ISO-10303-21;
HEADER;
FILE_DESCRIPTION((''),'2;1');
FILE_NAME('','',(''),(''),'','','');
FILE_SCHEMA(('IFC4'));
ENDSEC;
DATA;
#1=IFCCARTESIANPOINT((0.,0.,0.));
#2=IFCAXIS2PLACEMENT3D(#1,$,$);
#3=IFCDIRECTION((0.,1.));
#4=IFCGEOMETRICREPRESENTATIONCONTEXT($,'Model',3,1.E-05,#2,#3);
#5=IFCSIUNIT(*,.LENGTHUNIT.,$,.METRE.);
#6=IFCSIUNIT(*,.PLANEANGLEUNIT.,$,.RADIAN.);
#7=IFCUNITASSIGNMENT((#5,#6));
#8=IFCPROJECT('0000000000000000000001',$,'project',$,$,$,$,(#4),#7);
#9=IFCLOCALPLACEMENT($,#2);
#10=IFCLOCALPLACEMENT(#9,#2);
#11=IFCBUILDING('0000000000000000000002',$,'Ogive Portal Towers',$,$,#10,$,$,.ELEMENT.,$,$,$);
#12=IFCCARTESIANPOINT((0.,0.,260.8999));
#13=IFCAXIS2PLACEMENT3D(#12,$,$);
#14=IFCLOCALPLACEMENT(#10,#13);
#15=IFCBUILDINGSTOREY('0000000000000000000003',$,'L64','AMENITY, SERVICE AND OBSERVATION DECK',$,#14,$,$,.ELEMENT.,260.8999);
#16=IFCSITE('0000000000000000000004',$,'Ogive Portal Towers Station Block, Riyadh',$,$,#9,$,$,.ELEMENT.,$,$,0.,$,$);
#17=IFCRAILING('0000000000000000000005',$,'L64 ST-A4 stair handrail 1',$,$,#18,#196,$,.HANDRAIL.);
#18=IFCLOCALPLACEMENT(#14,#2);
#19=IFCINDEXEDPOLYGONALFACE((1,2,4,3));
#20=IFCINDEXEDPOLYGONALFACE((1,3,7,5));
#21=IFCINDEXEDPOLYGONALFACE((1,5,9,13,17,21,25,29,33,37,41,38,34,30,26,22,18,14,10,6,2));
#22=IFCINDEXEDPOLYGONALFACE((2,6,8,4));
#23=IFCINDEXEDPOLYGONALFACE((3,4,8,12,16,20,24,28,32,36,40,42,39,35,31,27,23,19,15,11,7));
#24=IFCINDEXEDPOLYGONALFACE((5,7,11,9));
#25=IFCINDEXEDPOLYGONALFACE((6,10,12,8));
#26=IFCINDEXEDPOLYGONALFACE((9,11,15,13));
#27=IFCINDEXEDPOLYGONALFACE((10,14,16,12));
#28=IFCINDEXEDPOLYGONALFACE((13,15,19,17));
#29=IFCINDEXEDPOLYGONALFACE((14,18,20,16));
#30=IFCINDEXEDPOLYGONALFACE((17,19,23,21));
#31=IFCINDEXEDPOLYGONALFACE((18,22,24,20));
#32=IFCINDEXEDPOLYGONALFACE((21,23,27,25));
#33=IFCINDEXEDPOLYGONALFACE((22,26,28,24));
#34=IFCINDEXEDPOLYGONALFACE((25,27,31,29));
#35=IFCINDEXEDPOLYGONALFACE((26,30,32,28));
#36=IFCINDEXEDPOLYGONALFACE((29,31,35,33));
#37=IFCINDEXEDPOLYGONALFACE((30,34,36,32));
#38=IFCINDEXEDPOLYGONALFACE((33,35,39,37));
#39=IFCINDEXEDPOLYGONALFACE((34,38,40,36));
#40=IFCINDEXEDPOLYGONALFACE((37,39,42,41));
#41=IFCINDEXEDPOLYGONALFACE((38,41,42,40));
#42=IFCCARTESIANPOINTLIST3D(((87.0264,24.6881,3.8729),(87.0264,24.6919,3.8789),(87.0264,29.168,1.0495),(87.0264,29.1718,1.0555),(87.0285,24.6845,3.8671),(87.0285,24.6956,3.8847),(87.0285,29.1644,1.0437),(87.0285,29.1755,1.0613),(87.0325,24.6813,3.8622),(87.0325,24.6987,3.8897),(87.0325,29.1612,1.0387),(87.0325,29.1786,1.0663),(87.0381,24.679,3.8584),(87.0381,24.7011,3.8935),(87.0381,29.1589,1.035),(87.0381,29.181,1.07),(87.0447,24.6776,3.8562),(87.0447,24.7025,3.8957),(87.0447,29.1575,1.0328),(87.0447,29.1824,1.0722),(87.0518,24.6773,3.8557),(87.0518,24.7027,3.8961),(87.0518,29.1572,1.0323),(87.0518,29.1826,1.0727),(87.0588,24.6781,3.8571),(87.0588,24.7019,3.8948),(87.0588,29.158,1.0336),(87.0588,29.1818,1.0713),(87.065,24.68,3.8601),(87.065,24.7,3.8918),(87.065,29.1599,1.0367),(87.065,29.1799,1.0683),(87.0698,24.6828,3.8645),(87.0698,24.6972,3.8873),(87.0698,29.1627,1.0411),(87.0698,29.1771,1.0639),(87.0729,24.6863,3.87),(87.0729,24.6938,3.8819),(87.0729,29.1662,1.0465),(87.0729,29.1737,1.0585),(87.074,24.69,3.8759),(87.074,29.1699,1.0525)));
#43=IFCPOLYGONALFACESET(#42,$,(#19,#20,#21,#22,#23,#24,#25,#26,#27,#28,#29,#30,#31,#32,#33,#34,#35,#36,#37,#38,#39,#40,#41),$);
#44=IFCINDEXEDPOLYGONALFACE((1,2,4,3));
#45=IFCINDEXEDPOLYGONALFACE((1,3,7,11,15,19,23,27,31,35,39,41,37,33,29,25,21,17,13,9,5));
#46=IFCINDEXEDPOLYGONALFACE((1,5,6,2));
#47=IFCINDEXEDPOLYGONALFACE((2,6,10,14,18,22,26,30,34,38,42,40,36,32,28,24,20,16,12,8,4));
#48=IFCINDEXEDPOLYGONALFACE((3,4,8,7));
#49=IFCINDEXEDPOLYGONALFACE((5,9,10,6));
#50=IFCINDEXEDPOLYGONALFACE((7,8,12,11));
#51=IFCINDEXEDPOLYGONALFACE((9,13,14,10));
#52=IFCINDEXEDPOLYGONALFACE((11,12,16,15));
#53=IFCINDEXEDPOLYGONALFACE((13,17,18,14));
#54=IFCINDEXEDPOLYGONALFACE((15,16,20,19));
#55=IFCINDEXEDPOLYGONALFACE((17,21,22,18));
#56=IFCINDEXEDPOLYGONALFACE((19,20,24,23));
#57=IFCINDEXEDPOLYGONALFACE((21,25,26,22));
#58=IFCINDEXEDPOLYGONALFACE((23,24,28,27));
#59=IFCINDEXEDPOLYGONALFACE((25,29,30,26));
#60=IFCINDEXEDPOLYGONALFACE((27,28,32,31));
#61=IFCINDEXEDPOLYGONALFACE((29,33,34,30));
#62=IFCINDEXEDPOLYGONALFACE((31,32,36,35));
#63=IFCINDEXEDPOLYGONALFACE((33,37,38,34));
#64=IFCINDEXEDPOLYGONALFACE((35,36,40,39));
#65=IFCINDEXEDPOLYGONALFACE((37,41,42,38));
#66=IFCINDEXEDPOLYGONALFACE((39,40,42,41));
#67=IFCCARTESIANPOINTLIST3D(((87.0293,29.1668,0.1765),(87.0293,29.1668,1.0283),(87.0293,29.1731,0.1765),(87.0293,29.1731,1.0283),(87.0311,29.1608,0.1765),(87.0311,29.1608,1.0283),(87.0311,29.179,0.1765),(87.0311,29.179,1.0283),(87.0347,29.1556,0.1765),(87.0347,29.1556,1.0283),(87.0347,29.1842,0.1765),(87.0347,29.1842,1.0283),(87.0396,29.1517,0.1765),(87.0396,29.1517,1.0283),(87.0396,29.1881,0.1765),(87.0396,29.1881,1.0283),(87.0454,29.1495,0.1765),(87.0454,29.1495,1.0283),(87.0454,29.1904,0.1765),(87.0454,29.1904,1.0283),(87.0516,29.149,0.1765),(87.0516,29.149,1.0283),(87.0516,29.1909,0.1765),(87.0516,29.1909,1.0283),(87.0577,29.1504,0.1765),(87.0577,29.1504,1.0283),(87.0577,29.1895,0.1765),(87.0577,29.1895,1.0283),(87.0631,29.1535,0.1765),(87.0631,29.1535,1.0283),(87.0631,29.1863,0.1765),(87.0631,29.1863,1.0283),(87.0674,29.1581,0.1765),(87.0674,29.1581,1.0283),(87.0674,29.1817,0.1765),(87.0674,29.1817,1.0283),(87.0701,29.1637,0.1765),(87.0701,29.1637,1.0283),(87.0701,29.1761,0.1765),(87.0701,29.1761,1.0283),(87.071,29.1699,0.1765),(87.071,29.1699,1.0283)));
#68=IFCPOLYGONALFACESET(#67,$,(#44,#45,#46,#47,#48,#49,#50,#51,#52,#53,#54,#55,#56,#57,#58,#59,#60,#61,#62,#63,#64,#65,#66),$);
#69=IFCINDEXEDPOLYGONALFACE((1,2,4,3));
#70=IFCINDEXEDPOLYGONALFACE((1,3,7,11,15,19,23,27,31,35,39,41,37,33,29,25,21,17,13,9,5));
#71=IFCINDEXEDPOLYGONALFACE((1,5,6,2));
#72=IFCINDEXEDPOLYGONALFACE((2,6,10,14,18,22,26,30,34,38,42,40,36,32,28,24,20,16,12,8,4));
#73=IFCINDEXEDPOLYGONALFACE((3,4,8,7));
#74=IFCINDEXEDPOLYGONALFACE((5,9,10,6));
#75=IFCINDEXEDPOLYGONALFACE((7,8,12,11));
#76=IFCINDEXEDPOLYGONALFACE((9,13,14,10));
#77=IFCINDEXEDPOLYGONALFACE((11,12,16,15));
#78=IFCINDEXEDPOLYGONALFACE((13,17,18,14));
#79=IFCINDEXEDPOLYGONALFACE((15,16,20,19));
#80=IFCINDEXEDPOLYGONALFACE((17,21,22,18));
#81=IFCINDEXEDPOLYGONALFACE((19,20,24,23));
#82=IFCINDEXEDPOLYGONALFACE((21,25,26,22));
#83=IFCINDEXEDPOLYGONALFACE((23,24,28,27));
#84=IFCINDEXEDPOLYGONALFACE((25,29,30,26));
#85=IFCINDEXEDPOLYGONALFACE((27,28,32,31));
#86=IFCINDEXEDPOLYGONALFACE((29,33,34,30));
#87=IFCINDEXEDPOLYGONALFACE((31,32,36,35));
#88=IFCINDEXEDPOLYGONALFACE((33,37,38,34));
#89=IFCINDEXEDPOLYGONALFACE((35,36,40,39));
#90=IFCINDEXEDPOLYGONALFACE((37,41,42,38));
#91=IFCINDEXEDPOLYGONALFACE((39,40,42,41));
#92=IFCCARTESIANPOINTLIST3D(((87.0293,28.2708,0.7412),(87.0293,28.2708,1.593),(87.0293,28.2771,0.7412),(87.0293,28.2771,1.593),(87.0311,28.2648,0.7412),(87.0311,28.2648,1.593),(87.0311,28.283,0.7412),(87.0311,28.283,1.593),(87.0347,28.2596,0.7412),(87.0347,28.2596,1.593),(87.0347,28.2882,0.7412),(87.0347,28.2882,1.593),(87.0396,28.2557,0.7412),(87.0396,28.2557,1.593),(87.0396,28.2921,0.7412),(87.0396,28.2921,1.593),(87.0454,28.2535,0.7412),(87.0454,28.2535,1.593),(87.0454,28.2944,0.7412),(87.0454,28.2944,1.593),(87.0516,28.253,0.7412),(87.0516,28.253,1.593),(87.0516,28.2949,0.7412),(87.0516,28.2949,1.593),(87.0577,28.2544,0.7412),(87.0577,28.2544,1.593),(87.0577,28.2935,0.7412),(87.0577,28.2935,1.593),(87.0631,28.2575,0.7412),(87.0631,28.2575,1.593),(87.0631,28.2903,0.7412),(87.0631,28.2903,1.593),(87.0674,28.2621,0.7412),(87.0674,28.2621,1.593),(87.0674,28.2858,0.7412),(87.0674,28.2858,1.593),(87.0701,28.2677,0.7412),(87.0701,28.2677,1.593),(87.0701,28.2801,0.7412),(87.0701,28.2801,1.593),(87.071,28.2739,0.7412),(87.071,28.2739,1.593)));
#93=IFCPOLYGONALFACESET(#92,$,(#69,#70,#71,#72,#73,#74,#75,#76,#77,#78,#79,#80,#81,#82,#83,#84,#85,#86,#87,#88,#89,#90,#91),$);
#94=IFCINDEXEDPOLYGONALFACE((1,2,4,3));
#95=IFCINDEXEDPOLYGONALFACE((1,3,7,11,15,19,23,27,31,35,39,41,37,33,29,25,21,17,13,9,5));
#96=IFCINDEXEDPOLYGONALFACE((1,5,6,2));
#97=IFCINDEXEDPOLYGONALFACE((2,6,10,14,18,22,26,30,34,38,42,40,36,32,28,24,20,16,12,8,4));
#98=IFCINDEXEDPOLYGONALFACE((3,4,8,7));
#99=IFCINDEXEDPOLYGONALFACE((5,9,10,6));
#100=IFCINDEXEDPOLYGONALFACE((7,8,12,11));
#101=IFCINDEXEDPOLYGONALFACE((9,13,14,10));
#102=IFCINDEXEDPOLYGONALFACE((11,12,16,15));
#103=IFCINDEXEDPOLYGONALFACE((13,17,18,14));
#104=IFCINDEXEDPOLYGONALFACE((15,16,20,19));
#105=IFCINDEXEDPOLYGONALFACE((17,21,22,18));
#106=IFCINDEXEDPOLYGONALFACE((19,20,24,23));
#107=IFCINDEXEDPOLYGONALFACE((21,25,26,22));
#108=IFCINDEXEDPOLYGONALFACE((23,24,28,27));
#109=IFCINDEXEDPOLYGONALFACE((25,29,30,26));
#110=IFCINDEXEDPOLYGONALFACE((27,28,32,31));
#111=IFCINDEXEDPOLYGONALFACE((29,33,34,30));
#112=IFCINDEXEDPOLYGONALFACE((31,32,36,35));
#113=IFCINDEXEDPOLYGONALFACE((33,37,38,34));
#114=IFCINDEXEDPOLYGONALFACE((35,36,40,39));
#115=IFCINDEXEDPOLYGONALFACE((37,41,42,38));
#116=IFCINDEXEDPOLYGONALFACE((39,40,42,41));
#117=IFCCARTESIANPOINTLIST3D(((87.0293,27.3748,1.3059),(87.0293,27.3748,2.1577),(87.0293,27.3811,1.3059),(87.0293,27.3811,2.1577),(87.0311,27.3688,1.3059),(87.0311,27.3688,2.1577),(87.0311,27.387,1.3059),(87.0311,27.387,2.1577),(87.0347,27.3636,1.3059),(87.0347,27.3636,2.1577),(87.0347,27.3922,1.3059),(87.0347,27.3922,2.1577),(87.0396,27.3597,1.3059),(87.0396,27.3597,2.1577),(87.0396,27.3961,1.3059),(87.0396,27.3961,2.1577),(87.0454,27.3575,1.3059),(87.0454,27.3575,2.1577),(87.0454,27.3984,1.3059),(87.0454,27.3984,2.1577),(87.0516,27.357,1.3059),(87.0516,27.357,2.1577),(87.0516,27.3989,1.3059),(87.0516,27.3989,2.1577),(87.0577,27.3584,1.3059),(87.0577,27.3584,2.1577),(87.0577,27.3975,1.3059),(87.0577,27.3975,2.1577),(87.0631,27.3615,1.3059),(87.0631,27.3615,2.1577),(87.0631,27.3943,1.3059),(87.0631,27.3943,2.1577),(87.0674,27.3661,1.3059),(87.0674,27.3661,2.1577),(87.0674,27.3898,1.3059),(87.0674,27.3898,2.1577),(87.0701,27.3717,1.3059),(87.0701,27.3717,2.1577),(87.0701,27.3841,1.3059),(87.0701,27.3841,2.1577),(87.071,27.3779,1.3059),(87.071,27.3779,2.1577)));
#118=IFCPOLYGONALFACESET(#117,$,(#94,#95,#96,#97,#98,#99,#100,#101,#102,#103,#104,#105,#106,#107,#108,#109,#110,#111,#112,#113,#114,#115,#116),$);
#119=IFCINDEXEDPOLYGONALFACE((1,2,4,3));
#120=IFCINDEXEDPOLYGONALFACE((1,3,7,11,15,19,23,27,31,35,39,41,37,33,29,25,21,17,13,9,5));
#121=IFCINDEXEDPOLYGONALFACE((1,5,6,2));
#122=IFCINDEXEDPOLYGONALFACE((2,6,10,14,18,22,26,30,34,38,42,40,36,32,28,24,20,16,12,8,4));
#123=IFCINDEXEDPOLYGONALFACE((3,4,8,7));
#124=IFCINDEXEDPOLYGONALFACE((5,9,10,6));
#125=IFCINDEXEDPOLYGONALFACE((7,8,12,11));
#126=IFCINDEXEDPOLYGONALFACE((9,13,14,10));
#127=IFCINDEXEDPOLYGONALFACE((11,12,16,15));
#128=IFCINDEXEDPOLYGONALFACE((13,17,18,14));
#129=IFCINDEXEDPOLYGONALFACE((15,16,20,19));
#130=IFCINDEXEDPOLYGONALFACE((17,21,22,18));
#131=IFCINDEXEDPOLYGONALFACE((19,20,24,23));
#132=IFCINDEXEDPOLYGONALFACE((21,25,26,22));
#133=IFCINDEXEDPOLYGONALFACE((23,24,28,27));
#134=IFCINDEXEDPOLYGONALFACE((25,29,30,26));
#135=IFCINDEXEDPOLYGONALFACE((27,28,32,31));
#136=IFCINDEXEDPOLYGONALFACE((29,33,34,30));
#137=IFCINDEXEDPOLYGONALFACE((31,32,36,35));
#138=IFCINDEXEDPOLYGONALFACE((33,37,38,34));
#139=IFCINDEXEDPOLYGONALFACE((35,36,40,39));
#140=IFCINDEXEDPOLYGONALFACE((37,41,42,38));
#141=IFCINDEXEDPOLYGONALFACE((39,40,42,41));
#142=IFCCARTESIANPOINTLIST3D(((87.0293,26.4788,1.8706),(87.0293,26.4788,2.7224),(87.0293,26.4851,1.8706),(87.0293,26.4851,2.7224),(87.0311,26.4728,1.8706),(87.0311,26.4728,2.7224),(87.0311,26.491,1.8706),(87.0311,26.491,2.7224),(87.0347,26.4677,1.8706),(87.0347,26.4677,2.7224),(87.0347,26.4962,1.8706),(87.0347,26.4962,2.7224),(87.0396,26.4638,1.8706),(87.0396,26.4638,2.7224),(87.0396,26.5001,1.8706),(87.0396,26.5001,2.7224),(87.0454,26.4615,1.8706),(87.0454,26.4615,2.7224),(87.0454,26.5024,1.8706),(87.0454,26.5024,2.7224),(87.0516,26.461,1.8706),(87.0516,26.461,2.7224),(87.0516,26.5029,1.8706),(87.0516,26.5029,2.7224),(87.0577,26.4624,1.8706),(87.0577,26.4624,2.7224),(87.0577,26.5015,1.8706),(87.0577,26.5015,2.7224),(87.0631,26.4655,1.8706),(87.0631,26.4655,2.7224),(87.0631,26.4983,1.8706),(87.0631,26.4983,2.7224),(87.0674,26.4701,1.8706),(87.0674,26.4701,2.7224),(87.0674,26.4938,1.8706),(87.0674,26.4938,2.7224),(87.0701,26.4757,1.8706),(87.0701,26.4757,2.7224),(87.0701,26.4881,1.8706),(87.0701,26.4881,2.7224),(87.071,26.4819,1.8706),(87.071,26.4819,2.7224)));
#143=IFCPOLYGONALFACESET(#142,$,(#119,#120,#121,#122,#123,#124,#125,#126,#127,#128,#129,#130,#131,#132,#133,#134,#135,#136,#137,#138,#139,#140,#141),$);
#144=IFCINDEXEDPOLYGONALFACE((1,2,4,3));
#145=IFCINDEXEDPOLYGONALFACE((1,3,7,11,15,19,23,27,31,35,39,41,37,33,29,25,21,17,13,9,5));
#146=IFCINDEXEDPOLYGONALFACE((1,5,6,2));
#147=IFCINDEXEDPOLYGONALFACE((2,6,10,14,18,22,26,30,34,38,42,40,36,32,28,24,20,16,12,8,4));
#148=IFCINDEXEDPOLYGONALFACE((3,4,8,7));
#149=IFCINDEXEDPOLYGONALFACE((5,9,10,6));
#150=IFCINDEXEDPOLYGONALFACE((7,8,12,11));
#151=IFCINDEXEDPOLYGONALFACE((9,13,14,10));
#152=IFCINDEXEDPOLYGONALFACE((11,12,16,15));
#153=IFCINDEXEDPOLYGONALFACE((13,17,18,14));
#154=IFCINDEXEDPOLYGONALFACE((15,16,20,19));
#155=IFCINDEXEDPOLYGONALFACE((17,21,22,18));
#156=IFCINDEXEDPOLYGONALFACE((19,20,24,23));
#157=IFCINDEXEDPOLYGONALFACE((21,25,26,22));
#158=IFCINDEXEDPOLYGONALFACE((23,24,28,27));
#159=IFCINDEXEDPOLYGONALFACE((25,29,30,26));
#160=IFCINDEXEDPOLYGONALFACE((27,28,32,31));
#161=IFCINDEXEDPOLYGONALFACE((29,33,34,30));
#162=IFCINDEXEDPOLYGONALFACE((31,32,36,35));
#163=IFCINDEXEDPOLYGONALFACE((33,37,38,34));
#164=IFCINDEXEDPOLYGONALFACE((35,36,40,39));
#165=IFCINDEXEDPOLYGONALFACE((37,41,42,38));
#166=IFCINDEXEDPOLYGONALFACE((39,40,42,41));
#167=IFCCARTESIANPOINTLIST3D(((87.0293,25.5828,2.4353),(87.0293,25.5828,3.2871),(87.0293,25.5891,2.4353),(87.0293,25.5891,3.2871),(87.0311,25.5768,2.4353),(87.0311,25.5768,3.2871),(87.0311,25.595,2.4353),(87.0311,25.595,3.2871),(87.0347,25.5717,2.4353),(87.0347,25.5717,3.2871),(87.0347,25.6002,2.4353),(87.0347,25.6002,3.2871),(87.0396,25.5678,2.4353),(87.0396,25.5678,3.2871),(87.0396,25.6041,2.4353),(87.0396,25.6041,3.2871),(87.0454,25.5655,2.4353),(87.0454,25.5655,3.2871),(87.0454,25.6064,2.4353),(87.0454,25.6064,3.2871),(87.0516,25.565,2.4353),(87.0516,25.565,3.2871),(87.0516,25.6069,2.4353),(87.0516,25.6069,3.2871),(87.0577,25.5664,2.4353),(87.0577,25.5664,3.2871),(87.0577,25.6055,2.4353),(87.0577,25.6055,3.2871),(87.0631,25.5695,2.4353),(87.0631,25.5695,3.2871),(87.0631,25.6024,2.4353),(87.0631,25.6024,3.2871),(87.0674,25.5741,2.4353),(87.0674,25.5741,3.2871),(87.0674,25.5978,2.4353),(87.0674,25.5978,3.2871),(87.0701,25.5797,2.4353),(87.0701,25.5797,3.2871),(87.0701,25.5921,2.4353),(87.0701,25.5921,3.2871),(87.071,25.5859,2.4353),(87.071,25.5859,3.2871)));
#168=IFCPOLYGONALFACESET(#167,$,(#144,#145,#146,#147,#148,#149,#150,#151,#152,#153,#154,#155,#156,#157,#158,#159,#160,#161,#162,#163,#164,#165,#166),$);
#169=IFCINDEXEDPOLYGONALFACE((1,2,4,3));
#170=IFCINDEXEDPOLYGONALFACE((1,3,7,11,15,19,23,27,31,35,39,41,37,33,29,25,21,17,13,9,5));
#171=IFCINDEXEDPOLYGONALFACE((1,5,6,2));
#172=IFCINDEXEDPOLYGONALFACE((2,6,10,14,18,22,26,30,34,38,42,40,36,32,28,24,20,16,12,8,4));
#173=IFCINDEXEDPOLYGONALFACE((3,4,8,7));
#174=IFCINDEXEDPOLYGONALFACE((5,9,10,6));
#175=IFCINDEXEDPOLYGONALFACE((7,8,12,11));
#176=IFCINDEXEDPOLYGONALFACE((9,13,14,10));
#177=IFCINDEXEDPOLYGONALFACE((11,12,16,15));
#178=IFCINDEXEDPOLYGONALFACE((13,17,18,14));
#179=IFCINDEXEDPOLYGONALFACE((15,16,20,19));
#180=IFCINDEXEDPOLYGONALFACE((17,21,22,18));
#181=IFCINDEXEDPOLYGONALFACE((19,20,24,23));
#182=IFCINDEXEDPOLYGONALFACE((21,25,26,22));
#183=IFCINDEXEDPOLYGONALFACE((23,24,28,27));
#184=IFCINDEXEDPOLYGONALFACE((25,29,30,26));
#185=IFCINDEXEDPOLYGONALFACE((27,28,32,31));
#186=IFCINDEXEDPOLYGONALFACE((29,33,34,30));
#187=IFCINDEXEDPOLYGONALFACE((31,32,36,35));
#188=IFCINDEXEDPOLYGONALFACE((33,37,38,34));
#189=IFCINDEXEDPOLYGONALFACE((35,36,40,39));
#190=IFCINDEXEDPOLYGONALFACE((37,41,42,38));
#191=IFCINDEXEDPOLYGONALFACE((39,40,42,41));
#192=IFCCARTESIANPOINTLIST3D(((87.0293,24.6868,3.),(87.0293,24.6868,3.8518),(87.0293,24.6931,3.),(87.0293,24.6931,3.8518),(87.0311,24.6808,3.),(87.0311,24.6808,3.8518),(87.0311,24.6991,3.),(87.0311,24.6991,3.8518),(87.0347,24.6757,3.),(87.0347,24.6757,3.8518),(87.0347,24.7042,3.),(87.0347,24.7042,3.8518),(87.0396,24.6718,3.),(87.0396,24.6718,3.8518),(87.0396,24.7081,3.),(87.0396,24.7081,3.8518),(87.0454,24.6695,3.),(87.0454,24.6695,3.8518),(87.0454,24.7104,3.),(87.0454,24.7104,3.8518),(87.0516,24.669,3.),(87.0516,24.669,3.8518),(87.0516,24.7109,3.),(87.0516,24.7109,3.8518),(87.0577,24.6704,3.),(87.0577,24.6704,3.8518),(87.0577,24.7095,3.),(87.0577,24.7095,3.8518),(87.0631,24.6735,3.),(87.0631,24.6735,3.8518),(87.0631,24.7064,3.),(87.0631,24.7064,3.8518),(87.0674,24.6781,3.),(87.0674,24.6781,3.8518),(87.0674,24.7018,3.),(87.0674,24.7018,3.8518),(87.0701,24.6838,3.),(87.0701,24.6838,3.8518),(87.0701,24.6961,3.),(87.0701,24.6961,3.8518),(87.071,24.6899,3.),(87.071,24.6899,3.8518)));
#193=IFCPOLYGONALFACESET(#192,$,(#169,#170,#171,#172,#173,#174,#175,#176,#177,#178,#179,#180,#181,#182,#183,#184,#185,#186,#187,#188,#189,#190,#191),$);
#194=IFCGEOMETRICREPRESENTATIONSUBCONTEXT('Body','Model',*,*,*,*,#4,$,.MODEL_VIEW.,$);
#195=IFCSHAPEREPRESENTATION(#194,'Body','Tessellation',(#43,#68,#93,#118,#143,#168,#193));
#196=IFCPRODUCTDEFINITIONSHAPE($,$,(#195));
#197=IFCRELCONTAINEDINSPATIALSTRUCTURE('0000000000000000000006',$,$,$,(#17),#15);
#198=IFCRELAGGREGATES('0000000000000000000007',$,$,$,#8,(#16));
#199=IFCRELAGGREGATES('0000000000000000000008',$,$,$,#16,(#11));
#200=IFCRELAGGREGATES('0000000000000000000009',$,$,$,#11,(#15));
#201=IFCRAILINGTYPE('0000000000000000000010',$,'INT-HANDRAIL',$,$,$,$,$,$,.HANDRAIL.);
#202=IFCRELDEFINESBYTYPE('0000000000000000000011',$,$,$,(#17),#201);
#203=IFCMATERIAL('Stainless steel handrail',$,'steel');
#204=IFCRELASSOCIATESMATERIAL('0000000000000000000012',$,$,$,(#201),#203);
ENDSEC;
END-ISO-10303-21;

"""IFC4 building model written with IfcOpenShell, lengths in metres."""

from ifc_helpers import new_model, si_unit, direction, frame, origin, origin_2d, place, context, subcontext, project, spatial, circle, extrude, material, type_object, element, save


model = new_model("IFC4")

# Units and contexts
model_context = context("Model", 3, precision=1e-05, world=origin(), true_north=direction((0.0, 1.0)))
body_context = subcontext(model_context, "Body", "Model", "MODEL_VIEW")
ifc_project = project(units=[si_unit("LENGTHUNIT", "METRE"), si_unit("PLANEANGLEUNIT", "RADIAN")], contexts=[model_context])

# Site, building, storey
site_placement = place(None, origin())
site = spatial("IfcSite", under=ifc_project, at=site_placement, Name="Ogive Portal Towers Station Block, Riyadh", CompositionType="ELEMENT", RefElevation=0.0)
building_placement = place(site_placement, origin())
building = spatial("IfcBuilding", under=site, at=building_placement, Name="Ogive Portal Towers", CompositionType="ELEMENT")
storey_placement = place(building_placement, frame((0.0, 0.0, 260.8999)))
storey = spatial("IfcBuildingStorey", under=building, at=storey_placement, Name="L64", Description="AMENITY, SERVICE AND OBSERVATION DECK", CompositionType="ELEMENT", Elevation=260.8999)

# Railing
ifc_material_1 = material(Name="Stainless steel handrail", Category="steel")
railing_type = type_object("IfcRailingType", Name="INT-HANDRAIL", PredefinedType="HANDRAIL", material=ifc_material_1)
railing_placement = place(storey_placement, frame((87.05, 29.1699, 0.1765)))
element("IfcRailing", 1, at=railing_placement, inside=storey, type_object=railing_type, Name="L64 ST-A4 stair handrail 1", PredefinedType="HANDRAIL", context=body_context, shape_type="SweptSolid", body=[
    extrude(circle(Radius=0.0239, at=origin_2d()), frame((0.0, 0.0, 0.876), z_axis=(0.0, -0.845998, 0.533186), x_axis=(1.0, 0.0, 0.0)), (0.0, 0.0, 1.0), 5.2954),
    extrude(circle(Radius=0.021, at=origin_2d()), origin(), (0.0, 0.0, 1.0), 0.8518),
    extrude(circle(Radius=0.021, at=origin_2d()), frame((0.0, -0.896, 0.5647)), (0.0, 0.0, 1.0), 0.8518),
    extrude(circle(Radius=0.021, at=origin_2d()), frame((0.0, -1.792, 1.1294)), (0.0, 0.0, 1.0), 0.8518),
    extrude(circle(Radius=0.021, at=origin_2d()), frame((0.0, -2.688, 1.6941)), (0.0, 0.0, 1.0), 0.8518),
    extrude(circle(Radius=0.021, at=origin_2d()), frame((0.0, -3.584, 2.2588)), (0.0, 0.0, 1.0), 0.8518),
    extrude(circle(Radius=0.021, at=origin_2d()), frame((0.0, -4.48, 2.8235)), (0.0, 0.0, 1.0), 0.8518),
])

save(model, "model.ifc")
